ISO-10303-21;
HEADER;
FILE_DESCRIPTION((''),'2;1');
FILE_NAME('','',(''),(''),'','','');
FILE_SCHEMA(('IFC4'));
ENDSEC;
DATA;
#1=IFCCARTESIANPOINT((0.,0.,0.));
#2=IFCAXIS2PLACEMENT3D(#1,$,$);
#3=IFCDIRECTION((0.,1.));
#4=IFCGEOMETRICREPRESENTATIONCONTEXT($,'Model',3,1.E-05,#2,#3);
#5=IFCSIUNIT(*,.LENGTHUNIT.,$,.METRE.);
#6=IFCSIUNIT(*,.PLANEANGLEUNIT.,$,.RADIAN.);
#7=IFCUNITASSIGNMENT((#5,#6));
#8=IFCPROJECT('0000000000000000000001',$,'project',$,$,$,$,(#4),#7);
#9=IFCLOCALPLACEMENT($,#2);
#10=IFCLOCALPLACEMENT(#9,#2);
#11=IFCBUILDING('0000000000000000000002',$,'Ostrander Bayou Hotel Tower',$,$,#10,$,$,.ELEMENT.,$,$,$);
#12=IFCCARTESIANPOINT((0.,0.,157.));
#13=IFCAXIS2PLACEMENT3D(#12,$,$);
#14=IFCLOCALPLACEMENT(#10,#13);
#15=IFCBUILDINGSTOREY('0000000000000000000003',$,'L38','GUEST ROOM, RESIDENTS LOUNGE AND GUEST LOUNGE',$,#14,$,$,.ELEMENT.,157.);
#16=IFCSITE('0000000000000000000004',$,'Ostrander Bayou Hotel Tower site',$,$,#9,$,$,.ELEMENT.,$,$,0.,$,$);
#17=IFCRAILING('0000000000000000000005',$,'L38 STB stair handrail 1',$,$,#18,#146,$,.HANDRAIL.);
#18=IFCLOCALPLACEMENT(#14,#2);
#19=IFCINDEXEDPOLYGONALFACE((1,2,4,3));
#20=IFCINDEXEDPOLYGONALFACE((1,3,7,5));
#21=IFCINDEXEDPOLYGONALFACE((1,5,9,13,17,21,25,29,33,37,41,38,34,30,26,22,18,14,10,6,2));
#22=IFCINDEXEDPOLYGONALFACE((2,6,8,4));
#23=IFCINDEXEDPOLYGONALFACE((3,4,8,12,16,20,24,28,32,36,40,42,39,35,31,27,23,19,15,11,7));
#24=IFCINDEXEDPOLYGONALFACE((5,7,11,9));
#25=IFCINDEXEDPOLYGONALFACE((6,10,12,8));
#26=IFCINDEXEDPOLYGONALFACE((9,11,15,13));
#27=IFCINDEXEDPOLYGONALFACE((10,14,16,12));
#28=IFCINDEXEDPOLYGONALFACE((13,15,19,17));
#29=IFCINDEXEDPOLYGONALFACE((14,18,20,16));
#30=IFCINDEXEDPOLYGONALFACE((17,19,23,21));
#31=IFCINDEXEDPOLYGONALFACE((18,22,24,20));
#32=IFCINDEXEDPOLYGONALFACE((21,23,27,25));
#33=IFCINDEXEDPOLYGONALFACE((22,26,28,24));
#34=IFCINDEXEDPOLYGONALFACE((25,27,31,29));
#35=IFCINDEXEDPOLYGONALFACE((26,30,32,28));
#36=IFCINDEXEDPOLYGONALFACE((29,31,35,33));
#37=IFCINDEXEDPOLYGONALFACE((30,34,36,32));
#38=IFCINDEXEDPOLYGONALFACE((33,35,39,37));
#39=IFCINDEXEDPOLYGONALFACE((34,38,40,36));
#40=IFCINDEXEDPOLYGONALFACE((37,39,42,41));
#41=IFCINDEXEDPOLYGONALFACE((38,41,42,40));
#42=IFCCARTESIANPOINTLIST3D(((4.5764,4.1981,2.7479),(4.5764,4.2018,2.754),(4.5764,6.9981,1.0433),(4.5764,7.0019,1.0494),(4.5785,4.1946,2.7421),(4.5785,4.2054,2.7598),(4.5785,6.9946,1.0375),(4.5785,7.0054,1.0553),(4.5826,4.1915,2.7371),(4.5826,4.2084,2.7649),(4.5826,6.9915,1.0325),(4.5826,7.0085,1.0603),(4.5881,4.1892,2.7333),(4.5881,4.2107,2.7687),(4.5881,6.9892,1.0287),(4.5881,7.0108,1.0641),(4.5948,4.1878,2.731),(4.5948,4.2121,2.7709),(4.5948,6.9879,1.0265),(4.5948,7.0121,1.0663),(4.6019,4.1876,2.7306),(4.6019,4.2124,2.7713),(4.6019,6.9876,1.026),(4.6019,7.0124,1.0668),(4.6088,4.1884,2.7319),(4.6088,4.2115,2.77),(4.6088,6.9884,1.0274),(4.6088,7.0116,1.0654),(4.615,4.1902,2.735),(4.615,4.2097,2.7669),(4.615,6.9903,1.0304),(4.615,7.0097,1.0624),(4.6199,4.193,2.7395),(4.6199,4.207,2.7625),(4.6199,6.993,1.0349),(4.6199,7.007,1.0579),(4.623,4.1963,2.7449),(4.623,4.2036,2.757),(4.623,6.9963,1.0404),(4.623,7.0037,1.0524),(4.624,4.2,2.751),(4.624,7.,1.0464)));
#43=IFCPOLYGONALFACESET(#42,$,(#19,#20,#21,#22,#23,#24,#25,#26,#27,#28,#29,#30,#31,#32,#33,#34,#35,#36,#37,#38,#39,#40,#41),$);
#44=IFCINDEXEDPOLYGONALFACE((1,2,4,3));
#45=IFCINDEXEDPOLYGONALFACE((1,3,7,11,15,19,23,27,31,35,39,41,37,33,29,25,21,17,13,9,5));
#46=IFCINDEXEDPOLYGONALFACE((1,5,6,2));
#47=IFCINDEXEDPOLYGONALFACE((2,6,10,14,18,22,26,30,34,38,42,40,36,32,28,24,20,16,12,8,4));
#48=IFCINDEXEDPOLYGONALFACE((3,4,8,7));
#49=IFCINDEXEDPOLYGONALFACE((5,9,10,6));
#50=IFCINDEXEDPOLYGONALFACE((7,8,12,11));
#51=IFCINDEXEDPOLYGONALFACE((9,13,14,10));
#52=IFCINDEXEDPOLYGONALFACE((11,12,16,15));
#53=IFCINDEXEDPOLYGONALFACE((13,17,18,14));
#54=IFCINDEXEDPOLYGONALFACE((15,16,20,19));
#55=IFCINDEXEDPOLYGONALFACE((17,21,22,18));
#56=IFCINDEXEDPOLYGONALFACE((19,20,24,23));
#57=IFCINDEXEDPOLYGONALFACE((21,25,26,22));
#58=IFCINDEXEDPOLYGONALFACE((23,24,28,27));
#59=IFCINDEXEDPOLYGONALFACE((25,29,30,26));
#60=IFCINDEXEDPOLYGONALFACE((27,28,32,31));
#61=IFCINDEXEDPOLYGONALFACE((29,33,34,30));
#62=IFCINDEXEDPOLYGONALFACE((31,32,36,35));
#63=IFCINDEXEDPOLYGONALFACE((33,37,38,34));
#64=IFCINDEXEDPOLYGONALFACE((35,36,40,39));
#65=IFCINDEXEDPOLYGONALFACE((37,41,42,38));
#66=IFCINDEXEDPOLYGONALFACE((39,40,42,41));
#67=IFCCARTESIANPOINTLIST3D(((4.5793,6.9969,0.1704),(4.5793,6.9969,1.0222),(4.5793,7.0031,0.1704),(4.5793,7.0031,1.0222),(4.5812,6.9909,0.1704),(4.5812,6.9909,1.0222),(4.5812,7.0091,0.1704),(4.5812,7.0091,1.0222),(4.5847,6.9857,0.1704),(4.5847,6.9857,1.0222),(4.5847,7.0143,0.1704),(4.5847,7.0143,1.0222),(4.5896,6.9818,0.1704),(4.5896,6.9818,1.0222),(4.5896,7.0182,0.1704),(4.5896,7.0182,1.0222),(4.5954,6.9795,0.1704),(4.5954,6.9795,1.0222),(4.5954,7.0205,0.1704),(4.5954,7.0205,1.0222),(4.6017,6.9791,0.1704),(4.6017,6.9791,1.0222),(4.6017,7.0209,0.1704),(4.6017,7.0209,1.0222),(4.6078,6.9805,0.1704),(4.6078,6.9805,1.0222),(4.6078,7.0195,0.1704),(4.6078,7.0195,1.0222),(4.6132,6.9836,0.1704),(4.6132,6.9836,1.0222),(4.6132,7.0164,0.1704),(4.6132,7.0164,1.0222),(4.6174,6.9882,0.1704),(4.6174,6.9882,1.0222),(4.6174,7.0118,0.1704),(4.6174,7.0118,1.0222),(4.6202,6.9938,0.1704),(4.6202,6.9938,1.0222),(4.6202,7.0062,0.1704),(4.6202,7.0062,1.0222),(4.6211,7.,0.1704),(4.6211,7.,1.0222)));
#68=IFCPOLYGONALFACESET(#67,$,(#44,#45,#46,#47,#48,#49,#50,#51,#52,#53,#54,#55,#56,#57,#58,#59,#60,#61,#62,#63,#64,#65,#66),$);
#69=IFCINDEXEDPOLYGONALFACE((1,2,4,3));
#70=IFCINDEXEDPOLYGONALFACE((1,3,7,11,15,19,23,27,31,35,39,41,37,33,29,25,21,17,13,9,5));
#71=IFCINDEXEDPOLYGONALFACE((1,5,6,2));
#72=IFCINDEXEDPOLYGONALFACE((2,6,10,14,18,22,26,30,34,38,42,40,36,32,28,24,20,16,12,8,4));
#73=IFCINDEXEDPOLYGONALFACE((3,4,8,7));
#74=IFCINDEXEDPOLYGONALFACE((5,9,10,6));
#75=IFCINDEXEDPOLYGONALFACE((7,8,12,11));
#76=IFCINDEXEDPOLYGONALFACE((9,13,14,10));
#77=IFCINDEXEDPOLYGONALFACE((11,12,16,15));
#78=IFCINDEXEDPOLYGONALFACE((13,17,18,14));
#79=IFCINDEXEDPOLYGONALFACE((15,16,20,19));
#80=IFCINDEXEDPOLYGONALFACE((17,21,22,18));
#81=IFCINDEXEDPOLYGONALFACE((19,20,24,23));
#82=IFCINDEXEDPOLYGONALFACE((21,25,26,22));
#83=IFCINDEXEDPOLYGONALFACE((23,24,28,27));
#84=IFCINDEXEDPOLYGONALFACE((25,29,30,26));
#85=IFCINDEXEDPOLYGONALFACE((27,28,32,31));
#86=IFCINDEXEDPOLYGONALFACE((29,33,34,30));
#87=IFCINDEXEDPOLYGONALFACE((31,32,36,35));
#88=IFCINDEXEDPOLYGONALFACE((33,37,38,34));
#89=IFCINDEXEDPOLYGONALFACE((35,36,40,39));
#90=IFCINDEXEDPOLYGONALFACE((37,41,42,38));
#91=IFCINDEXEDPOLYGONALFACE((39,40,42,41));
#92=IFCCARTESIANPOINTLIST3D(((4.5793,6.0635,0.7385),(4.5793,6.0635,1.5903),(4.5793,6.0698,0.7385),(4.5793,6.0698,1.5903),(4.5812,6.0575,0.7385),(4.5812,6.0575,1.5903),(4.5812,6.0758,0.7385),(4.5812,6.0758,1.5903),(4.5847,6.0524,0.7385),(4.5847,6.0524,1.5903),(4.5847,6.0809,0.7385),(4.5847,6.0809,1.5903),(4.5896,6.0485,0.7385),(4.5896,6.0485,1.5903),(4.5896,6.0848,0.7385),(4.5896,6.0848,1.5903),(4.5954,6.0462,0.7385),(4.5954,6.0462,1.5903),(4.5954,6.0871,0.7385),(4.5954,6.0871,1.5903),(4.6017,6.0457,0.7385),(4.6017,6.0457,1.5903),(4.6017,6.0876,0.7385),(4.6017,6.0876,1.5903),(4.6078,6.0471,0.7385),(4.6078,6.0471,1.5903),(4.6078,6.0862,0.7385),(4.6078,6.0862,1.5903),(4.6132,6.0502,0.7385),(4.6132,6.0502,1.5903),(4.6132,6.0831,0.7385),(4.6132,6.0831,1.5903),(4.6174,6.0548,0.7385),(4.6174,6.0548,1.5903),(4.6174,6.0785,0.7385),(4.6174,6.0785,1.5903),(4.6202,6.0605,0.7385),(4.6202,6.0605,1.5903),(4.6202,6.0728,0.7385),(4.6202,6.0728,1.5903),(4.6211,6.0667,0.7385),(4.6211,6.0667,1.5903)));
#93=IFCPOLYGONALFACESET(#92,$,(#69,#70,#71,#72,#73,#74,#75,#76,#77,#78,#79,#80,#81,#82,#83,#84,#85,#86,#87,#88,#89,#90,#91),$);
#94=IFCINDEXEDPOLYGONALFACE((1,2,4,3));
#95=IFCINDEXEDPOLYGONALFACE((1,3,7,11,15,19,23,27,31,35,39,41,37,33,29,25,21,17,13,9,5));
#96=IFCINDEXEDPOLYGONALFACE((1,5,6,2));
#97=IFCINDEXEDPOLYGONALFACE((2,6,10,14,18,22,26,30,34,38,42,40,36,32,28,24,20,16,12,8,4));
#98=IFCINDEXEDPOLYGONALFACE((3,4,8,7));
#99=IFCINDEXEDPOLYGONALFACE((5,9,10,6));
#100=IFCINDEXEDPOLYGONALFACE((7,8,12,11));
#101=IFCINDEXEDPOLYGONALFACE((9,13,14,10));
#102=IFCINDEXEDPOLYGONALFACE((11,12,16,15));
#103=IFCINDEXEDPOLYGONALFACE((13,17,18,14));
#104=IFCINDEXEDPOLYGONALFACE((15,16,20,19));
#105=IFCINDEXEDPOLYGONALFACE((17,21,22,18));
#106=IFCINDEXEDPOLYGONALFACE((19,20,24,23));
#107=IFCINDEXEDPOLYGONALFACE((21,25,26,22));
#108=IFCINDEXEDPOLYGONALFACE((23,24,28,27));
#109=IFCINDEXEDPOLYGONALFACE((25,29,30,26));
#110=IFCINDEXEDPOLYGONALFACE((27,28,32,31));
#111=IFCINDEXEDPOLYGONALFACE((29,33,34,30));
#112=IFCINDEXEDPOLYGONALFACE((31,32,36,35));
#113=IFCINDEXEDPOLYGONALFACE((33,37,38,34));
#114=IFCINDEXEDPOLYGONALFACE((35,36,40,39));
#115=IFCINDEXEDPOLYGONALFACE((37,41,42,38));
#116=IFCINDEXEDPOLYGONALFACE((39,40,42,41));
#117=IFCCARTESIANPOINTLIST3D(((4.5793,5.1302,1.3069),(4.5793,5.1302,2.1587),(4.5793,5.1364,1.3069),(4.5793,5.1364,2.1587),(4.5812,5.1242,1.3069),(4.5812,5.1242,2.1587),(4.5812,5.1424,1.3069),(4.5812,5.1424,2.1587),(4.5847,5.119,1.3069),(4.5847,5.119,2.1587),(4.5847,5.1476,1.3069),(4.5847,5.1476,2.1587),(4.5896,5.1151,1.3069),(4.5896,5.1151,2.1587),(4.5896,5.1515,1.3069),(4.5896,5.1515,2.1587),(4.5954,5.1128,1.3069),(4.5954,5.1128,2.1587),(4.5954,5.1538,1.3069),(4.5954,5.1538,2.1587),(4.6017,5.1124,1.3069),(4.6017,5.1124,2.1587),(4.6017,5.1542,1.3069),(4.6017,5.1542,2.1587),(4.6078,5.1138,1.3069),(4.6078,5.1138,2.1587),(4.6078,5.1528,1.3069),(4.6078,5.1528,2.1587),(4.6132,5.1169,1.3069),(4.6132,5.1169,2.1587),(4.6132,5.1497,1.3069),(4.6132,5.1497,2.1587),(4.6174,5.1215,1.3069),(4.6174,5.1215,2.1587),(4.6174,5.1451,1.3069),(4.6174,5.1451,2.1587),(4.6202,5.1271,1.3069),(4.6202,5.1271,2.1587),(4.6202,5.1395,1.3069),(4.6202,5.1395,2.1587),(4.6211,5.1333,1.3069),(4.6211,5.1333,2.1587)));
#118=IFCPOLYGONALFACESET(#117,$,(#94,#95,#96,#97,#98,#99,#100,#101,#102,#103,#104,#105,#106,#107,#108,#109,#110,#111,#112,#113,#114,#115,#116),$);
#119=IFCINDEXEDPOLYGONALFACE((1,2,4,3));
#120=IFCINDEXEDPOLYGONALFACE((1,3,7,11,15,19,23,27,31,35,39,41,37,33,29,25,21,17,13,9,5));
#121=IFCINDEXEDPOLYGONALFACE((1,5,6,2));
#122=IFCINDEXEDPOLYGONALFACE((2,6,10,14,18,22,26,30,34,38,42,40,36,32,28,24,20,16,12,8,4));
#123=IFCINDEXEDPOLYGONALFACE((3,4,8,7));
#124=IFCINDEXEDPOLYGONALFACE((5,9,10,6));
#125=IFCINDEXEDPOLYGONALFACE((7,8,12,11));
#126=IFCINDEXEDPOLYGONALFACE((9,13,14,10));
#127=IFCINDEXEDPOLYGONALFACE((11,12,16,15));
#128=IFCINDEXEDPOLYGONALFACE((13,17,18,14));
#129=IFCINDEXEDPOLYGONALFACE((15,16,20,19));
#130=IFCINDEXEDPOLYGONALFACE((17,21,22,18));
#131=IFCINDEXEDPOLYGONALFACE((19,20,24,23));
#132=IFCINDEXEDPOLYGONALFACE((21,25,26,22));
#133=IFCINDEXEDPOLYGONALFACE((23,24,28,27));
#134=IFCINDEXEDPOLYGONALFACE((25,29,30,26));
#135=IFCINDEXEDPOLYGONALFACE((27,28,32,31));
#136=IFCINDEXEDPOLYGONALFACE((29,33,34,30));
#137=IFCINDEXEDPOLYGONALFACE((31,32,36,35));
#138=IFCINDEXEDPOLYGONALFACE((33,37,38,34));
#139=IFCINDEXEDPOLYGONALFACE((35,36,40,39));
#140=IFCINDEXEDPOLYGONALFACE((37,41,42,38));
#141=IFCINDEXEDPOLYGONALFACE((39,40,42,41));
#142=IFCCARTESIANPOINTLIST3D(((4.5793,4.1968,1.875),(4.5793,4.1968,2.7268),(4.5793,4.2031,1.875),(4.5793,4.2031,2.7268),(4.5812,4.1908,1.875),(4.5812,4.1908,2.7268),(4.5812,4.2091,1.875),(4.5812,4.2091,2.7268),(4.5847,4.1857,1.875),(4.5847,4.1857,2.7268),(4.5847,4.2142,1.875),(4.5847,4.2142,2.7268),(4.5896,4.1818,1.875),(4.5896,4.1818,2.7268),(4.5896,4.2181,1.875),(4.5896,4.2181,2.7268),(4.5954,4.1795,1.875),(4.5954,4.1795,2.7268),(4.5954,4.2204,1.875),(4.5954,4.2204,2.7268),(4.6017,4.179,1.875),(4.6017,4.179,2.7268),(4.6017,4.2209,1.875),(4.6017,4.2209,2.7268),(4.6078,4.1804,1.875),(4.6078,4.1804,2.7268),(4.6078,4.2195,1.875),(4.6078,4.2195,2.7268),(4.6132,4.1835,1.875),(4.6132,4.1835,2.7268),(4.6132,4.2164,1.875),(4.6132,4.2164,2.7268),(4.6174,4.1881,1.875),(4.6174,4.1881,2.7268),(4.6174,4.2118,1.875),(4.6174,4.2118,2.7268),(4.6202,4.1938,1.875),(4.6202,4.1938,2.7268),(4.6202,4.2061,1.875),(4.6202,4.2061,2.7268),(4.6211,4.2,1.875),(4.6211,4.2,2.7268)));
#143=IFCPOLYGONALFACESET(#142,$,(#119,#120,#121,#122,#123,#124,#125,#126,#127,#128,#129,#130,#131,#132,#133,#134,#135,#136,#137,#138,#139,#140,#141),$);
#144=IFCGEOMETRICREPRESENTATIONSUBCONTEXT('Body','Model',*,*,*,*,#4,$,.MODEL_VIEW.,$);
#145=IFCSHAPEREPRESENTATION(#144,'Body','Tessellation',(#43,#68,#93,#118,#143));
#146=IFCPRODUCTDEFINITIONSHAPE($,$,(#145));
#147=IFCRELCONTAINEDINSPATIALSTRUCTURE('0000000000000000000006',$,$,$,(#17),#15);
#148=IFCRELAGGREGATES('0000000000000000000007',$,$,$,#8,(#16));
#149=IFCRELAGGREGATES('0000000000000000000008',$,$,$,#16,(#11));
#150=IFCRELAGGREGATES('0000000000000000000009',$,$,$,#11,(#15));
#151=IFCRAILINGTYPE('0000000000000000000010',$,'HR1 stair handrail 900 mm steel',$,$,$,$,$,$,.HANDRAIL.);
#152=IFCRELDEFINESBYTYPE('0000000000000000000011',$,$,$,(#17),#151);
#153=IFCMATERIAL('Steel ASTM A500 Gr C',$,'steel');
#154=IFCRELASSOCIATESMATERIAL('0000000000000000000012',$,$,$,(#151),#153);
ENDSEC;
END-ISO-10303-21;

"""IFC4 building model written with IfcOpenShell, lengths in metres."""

from ifc_helpers import new_model, si_unit, direction, frame, origin, origin_2d, place, context, subcontext, project, spatial, circle, extrude, material, type_object, element, save


model = new_model("IFC4")

# Units and contexts
model_context = context("Model", 3, precision=1e-05, world=origin(), true_north=direction((0.0, 1.0)))
body_context = subcontext(model_context, "Body", "Model", "MODEL_VIEW")
ifc_project = project(units=[si_unit("LENGTHUNIT", "METRE"), si_unit("PLANEANGLEUNIT", "RADIAN")], contexts=[model_context])

# Site, building, storey
site_placement = place(None, origin())
site = spatial("IfcSite", under=ifc_project, at=site_placement, Name="Ostrander Bayou Hotel Tower site", CompositionType="ELEMENT", RefElevation=0.0)
building_placement = place(site_placement, origin())
building = spatial("IfcBuilding", under=site, at=building_placement, Name="Ostrander Bayou Hotel Tower", CompositionType="ELEMENT")
storey_placement = place(building_placement, frame((0.0, 0.0, 157.0)))
storey = spatial("IfcBuildingStorey", under=building, at=storey_placement, Name="L38", Description="GUEST ROOM, RESIDENTS LOUNGE AND GUEST LOUNGE", CompositionType="ELEMENT", Elevation=157.0)

# Railing
ifc_material_1 = material(Name="Steel ASTM A500 Gr C", Category="steel")
railing_type_1 = type_object("IfcRailingType", Name="HR1 stair handrail 900 mm steel", PredefinedType="HANDRAIL", material=ifc_material_1)
railing_1_placement = place(storey_placement, frame((4.6001, 7.0, 0.1704)))
element("IfcRailing", 1, at=railing_1_placement, inside=storey, type_object=railing_type_1, Name="L38 STB stair handrail 1", PredefinedType="HANDRAIL", context=body_context, shape_type="SweptSolid", body=[
    extrude(circle(Radius=0.0239, at=origin_2d()), frame((0.0, 0.0, 0.876), z_axis=(0.0, -0.85417, 0.519994), x_axis=(1.0, 0.0, 0.0)), (0.0, 0.0, 1.0), 3.2781),
    extrude(circle(Radius=0.021, at=origin_2d()), origin(), (0.0, 0.0, 1.0), 0.8518),
    extrude(circle(Radius=0.021, at=origin_2d()), frame((0.0, -0.9333, 0.5681)), (0.0, 0.0, 1.0), 0.8518),
    extrude(circle(Radius=0.021, at=origin_2d()), frame((0.0, -1.8667, 1.1365)), (0.0, 0.0, 1.0), 0.8518),
    extrude(circle(Radius=0.021, at=origin_2d()), frame((0.0, -2.8, 1.7046)), (0.0, 0.0, 1.0), 0.8518),
])

save(model, "model.ifc")
